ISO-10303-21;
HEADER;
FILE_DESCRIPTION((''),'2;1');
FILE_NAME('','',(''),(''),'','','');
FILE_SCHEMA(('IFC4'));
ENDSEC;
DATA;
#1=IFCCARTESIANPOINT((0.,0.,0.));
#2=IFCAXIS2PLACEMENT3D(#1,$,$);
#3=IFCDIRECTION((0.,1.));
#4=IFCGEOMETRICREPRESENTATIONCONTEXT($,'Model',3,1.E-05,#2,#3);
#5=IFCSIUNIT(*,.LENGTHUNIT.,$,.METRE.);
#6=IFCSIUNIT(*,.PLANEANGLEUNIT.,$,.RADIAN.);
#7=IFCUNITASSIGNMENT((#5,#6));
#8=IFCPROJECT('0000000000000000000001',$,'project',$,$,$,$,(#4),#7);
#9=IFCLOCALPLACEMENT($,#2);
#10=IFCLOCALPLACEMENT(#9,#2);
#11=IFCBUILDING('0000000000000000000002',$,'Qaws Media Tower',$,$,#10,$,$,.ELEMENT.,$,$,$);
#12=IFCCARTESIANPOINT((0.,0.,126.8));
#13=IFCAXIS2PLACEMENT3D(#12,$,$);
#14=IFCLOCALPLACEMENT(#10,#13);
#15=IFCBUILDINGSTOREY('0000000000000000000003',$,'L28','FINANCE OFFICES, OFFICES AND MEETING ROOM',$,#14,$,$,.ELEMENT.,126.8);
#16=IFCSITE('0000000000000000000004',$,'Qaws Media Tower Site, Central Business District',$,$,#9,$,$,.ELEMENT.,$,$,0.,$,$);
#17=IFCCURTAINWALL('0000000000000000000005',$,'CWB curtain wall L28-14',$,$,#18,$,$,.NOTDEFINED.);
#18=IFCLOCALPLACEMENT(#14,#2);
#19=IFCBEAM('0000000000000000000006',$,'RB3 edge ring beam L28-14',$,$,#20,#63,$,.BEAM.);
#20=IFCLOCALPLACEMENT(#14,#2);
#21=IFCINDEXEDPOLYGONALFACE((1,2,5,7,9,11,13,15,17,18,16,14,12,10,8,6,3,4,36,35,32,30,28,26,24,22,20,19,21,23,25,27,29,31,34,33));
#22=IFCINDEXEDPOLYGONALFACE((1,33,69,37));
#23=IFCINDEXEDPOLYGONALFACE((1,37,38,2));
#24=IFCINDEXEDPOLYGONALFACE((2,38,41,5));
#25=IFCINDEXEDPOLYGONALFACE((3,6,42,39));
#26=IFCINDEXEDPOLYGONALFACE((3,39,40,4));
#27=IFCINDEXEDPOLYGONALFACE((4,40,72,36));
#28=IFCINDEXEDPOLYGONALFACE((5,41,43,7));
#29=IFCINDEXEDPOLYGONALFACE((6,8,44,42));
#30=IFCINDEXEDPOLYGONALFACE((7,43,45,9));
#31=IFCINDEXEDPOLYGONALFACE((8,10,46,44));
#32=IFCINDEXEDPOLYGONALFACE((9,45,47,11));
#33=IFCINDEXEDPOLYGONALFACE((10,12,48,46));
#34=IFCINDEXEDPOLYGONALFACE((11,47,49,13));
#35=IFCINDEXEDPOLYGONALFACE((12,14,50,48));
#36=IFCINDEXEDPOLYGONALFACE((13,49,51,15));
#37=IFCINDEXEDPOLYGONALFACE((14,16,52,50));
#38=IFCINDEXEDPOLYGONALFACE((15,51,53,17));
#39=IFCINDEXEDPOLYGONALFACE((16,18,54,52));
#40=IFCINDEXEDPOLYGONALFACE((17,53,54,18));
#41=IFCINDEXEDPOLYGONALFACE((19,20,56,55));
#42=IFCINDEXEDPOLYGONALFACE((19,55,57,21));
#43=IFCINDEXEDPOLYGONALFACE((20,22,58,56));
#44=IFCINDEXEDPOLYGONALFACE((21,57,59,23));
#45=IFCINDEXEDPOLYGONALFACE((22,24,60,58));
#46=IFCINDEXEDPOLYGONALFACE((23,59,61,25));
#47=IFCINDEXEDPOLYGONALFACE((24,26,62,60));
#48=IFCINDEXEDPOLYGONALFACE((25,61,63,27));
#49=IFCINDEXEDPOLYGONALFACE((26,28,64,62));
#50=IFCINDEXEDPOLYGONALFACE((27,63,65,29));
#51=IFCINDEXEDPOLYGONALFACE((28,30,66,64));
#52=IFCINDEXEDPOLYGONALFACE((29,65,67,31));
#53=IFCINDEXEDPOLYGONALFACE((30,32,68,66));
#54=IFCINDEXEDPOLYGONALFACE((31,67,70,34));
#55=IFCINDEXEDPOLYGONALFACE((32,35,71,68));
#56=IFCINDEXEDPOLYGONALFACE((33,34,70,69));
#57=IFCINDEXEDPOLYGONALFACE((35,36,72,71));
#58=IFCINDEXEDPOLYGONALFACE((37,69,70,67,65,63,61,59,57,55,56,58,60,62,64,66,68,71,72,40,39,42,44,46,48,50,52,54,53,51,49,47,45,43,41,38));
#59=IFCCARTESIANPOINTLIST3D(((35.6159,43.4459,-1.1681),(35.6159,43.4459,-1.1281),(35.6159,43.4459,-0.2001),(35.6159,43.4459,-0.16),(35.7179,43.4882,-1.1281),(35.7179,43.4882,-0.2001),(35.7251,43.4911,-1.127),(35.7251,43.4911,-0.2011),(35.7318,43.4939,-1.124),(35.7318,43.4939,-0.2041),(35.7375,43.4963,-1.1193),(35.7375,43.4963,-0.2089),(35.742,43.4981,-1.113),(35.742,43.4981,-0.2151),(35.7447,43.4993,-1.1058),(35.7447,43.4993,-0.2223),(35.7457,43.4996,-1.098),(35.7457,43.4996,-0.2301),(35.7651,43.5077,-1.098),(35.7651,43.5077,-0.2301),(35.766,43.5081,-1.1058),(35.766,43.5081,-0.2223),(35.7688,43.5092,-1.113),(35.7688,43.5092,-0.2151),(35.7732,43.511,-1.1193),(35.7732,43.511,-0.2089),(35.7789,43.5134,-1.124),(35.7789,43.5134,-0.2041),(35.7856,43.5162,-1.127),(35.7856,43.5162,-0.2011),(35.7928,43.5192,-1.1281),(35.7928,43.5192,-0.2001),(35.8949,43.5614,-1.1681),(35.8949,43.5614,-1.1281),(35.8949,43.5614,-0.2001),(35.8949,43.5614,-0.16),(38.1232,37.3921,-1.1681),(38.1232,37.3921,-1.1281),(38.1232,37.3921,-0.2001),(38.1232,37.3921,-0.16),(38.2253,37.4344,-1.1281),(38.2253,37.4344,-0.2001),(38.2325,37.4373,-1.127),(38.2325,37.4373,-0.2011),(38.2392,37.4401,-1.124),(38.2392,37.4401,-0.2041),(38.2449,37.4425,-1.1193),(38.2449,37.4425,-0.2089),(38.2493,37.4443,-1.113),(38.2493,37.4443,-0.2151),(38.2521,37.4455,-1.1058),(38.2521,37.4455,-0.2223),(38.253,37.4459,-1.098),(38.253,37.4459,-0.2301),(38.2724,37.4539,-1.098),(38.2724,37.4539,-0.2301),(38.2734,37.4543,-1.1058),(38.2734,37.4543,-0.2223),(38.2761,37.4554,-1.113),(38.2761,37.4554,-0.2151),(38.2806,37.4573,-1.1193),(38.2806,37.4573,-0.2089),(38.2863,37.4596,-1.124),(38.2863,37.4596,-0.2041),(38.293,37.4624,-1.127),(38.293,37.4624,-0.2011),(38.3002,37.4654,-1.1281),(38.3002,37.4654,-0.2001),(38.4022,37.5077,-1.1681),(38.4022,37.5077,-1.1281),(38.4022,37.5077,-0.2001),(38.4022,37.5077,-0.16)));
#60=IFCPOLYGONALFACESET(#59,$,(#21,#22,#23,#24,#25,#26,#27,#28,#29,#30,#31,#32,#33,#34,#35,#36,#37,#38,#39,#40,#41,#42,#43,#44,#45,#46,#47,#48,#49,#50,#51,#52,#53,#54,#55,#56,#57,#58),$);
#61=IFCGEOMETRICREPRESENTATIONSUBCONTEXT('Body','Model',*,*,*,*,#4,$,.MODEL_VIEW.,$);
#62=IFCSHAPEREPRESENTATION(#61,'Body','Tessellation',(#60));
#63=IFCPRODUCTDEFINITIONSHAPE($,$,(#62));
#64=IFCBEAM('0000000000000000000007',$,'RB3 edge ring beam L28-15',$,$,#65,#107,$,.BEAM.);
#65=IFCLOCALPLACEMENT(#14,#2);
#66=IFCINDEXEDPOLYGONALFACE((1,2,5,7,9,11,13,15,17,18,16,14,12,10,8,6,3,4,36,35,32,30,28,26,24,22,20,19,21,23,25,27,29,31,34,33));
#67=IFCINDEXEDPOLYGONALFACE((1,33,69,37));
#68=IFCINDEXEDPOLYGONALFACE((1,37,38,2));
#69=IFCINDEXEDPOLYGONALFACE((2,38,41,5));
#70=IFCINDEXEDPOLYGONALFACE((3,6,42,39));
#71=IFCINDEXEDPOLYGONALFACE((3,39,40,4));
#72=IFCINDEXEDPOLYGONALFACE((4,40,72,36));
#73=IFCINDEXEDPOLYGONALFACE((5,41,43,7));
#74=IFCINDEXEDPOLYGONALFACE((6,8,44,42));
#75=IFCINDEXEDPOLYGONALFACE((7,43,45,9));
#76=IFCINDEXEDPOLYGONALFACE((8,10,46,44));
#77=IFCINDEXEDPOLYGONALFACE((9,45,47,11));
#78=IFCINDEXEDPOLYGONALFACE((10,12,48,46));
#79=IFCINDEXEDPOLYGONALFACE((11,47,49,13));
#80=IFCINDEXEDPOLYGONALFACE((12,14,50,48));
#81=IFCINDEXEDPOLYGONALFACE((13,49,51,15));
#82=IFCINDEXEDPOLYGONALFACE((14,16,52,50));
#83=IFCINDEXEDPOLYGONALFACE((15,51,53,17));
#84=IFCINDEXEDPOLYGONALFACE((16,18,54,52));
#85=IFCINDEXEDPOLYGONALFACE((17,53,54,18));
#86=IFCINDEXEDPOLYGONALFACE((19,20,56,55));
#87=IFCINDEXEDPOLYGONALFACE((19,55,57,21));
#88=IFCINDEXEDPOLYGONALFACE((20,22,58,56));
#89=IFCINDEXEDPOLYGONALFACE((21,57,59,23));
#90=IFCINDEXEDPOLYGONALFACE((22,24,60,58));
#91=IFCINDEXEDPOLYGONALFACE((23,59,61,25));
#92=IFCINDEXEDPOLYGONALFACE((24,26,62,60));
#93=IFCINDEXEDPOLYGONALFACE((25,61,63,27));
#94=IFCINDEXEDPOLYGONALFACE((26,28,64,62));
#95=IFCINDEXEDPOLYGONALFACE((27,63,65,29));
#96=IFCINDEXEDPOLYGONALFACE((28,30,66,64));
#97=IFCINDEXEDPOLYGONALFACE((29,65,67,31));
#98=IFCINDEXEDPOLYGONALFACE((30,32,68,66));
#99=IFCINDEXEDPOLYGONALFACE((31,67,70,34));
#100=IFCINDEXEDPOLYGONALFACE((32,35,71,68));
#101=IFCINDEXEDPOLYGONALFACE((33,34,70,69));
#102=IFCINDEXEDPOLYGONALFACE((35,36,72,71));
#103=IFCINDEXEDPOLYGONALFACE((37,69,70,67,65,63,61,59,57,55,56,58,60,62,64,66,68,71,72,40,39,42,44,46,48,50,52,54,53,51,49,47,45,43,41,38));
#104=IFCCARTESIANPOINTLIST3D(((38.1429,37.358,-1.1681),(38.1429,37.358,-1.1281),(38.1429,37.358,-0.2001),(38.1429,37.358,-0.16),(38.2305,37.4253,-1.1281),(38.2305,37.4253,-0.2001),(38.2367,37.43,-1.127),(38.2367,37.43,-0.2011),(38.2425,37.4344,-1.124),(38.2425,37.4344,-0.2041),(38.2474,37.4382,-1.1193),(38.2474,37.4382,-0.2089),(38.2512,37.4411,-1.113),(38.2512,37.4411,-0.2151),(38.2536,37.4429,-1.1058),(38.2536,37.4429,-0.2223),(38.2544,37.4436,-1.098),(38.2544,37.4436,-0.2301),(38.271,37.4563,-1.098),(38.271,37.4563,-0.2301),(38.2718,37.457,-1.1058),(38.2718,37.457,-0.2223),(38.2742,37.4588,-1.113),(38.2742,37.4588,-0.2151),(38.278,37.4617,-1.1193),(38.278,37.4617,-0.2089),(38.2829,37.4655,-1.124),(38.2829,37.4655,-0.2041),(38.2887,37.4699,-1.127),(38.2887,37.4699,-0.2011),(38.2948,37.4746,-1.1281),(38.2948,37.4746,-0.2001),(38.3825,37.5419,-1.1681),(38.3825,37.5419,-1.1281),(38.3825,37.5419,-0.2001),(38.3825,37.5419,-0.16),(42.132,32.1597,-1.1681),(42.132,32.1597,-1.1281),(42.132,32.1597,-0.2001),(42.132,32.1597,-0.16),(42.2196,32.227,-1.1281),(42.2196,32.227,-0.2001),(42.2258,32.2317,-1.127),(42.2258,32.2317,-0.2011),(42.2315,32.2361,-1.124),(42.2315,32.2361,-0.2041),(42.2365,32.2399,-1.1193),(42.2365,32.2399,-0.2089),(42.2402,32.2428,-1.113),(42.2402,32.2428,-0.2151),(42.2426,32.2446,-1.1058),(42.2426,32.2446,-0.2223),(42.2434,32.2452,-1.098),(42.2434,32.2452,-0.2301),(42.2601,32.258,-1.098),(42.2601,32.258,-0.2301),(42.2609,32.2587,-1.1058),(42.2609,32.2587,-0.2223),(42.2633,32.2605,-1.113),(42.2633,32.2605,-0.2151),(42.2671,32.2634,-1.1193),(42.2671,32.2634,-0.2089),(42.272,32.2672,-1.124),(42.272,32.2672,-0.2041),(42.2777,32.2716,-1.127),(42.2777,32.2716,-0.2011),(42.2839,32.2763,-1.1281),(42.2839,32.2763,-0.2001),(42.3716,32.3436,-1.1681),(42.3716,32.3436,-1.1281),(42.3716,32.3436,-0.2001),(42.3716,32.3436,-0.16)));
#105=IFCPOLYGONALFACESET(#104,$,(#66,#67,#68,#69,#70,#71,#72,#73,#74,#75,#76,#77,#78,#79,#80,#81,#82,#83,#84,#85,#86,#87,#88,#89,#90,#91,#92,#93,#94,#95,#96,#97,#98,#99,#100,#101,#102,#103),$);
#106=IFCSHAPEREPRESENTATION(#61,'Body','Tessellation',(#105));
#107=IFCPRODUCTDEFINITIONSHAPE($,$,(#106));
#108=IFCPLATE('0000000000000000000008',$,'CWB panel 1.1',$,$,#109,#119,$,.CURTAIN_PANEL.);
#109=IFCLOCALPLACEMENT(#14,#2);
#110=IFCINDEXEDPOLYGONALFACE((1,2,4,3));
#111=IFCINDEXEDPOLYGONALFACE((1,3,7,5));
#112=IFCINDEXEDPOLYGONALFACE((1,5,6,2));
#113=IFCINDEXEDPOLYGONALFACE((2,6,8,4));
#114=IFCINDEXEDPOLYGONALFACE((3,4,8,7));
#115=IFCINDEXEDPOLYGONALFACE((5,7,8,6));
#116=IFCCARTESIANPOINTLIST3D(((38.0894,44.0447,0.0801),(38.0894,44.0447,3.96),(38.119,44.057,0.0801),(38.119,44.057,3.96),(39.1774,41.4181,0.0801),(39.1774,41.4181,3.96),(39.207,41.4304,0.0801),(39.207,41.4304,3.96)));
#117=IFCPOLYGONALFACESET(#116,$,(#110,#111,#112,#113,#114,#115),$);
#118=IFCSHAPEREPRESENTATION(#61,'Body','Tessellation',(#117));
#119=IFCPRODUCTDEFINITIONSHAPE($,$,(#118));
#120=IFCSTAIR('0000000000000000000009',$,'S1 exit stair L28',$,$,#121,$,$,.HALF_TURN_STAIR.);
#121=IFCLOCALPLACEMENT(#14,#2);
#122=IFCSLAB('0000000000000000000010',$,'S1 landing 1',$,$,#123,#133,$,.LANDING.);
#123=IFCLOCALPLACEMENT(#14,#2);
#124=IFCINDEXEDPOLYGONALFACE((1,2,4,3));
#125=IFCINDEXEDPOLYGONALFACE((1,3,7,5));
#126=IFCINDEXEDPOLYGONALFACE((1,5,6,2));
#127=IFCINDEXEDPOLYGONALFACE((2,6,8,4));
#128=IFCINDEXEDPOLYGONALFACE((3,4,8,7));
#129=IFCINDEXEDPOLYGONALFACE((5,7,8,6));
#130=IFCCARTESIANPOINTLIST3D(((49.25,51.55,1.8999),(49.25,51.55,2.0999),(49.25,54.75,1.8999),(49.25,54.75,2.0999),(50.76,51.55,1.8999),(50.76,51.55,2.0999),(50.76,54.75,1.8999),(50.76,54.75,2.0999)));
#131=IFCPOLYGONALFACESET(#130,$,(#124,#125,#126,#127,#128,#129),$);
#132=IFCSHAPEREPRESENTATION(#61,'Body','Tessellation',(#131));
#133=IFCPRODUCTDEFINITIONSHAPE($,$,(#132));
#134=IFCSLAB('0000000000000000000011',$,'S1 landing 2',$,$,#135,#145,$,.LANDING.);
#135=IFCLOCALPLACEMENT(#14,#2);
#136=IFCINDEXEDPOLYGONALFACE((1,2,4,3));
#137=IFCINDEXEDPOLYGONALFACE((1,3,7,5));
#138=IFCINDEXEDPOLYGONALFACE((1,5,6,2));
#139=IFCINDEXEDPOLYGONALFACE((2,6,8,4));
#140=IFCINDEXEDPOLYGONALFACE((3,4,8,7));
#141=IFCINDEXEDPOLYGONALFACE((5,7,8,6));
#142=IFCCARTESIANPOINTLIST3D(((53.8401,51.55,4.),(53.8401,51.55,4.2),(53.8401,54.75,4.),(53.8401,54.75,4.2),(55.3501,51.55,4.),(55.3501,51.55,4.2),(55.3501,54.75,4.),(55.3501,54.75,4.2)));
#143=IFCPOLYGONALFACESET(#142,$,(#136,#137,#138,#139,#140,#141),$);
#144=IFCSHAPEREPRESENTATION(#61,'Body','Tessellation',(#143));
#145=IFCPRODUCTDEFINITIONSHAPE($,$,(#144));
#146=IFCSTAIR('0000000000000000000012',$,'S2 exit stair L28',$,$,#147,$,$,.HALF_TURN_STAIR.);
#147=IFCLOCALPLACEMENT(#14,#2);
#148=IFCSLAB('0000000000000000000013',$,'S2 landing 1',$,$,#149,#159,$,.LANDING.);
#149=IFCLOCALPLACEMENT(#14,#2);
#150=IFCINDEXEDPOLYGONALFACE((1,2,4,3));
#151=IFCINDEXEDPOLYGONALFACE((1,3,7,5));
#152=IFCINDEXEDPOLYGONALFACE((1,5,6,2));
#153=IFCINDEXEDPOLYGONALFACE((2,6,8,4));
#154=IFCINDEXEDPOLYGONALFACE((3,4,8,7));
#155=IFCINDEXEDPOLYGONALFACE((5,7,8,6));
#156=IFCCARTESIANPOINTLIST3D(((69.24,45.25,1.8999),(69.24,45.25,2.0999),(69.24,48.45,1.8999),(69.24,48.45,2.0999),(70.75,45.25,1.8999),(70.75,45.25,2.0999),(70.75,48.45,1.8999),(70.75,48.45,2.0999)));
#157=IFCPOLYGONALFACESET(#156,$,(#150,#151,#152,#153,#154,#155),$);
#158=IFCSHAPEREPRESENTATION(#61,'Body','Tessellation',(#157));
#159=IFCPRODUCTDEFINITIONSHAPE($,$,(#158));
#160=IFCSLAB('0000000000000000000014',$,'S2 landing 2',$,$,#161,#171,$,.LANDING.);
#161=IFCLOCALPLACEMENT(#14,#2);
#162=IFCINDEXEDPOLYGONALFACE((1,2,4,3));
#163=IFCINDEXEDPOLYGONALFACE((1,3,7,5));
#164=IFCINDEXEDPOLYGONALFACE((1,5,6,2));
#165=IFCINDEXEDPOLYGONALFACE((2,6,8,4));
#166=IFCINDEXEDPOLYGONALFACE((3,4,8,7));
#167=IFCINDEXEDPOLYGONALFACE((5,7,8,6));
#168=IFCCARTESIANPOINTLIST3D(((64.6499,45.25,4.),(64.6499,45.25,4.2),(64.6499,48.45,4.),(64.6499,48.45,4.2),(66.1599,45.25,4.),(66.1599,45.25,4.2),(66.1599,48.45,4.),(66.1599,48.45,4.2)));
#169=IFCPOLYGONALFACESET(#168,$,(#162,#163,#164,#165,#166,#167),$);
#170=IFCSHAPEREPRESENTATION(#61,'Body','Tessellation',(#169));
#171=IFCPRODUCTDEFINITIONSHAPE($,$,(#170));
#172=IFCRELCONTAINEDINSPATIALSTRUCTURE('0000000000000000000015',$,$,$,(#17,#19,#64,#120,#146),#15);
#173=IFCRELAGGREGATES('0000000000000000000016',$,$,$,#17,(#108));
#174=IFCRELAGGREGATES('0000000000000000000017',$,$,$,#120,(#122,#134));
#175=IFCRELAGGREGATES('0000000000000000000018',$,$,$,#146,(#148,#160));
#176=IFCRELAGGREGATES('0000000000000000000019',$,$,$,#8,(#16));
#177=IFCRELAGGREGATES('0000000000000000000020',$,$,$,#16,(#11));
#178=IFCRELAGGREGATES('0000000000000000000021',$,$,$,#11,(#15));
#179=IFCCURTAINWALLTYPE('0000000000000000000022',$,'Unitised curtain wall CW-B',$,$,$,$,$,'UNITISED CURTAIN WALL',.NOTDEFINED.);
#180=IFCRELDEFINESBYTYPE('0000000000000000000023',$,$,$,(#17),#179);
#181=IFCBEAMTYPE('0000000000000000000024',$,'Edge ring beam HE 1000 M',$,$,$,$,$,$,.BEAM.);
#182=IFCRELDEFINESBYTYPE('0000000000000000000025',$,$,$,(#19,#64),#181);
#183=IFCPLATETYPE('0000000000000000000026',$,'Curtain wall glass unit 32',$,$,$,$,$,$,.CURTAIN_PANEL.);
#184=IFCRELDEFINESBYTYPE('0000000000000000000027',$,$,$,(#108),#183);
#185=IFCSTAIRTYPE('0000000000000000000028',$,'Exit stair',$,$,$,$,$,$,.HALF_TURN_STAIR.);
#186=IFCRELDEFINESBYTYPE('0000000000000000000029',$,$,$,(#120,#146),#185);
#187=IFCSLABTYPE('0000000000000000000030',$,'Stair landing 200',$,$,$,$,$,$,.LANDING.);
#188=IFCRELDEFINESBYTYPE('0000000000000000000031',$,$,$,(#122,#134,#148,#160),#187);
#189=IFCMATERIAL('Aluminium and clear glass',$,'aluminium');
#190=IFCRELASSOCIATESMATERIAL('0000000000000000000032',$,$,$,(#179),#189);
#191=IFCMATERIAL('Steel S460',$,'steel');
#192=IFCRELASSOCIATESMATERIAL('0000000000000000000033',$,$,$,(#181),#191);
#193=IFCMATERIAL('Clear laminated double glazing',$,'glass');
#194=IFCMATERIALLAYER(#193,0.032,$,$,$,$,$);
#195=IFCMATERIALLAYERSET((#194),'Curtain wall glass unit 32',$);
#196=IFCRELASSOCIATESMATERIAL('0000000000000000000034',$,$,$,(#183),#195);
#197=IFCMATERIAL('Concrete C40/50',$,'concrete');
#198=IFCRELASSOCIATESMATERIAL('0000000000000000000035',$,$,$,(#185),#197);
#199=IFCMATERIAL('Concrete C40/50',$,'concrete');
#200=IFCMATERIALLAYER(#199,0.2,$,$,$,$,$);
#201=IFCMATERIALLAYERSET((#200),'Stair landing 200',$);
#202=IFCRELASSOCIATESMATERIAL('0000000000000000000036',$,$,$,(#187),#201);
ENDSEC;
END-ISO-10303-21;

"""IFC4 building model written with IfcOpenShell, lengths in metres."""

from ifc_helpers import new_model, si_unit, direction, frame, origin, origin_2d, place, context, subcontext, project, spatial, polyline, rectangle, i_section, outline, extrude, material, layer, layer_set, material_profile, profile_set, type_object, element, aggregate, save


model = new_model("IFC4")

# Units and contexts
model_context = context("Model", 3, precision=1e-05, world=origin(), true_north=direction((0.0, 1.0)))
body_context = subcontext(model_context, "Body", "Model", "MODEL_VIEW")
ifc_project = project(units=[si_unit("LENGTHUNIT", "METRE"), si_unit("PLANEANGLEUNIT", "RADIAN")], contexts=[model_context])

# Site, building, storey
site_placement = place(None, origin())
site = spatial("IfcSite", under=ifc_project, at=site_placement, Name="Qaws Media Tower Site, Central Business District", CompositionType="ELEMENT", RefElevation=0.0)
building_placement = place(site_placement, origin())
building = spatial("IfcBuilding", under=site, at=building_placement, Name="Qaws Media Tower", CompositionType="ELEMENT")
storey_placement = place(building_placement, frame((0.0, 0.0, 126.8)))
storey = spatial("IfcBuildingStorey", under=building, at=storey_placement, Name="L28", Description="FINANCE OFFICES, OFFICES AND MEETING ROOM", CompositionType="ELEMENT", Elevation=126.8)

# Curtain wall
ifc_material_1 = material(Name="Aluminium and clear glass", Category="aluminium")
curtain_wall_type = type_object("IfcCurtainWallType", Name="Unitised curtain wall CW-B", ElementType="UNITISED CURTAIN WALL", PredefinedType="NOTDEFINED", material=ifc_material_1)
curtain_wall_placement = place(storey_placement, origin())
curtain_wall = element("IfcCurtainWall", 1, at=curtain_wall_placement, inside=storey, type_object=curtain_wall_type, Name="CWB curtain wall L28-14", PredefinedType="NOTDEFINED")

# Beams
ifc_material_2 = material(Name="Steel S460", Category="steel")
ifc_material_profile_1 = material_profile(ifc_material_2, i_section(OverallWidth=0.302, OverallDepth=1.0081, WebThickness=0.021, FlangeThickness=0.04, FilletRadius=0.03, at=origin_2d()), Name="HE 1000 M")
ifc_profile_set_1 = profile_set([ifc_material_profile_1], Name="Steel S460")
beam_type = type_object("IfcBeamType", Name="Edge ring beam HE 1000 M", PredefinedType="BEAM", material=ifc_profile_set_1)
for number, where, z_axis, x_axis, name in (
    (2, (35.7554, 43.5037, -0.6641), (0.382657, -0.923891, 0.0), (0.923891, 0.382657, 0.0), "RB3 edge ring beam L28-14"),
    (3, (38.2627, 37.45, -0.6641), (0.608787, -0.793334, 0.0), (0.793334, 0.608787, 0.0), "RB3 edge ring beam L28-15"),
):
    element("IfcBeam", number, at=place(storey_placement, frame(where, z_axis=z_axis, x_axis=x_axis)), inside=storey, type_object=beam_type, Name=name, PredefinedType="BEAM", context=body_context, shape_type="SweptSolid", body=[
        extrude(i_section(OverallWidth=0.302, OverallDepth=1.0081, WebThickness=0.021, FlangeThickness=0.04, FilletRadius=0.03, at=origin_2d()), origin(), (0.0, 0.0, 1.0), 6.5525),
    ])

# Plate
ifc_material_3 = material(Name="Clear laminated double glazing", Category="glass")
ifc_layer_1 = layer(ifc_material_3, 0.032)
ifc_layer_set_1 = layer_set([ifc_layer_1], Name="Curtain wall glass unit 32")
plate_type = type_object("IfcPlateType", Name="Curtain wall glass unit 32", PredefinedType="CURTAIN_PANEL", material=ifc_layer_set_1)
plate_placement = place(storey_placement, frame((38.6482, 42.7375, 0.0801), z_axis=(0.0, 0.0, 1.0), x_axis=(0.382683, -0.92388, 0.0)))
plate = element("IfcPlate", 4, at=plate_placement, type_object=plate_type, Name="CWB panel 1.1", PredefinedType="CURTAIN_PANEL", context=body_context, shape_type="SweptSolid", body=[
    extrude(rectangle(XDim=2.843, YDim=0.032, at=origin_2d()), origin(), (0.0, 0.0, 1.0), 3.8799),
])
aggregate(curtain_wall, [plate])

# Stairs, slabs
ifc_material_4 = material(Name="Concrete C40/50", Category="concrete")
stair_type = type_object("IfcStairType", Name="Exit stair", PredefinedType="HALF_TURN_STAIR", material=ifc_material_4)
stair_1_placement = place(storey_placement, origin())
stair_1 = element("IfcStair", 5, at=stair_1_placement, inside=storey, type_object=stair_type, Name="S1 exit stair L28", PredefinedType="HALF_TURN_STAIR")
ifc_material_5 = material(Name="Concrete C40/50", Category="concrete")
ifc_layer_2 = layer(ifc_material_5, 0.2)
ifc_layer_set_2 = layer_set([ifc_layer_2], Name="Stair landing 200")
slab_type = type_object("IfcSlabType", Name="Stair landing 200", PredefinedType="LANDING", material=ifc_layer_set_2)
slab_1_placement = place(storey_placement, frame((0.0, 0.0, 1.8999)))
slab_1 = element("IfcSlab", 6, at=slab_1_placement, type_object=slab_type, Name="S1 landing 1", PredefinedType="LANDING", context=body_context, shape_type="SweptSolid", body=[
    extrude(outline(polyline([(49.25, 51.55), (50.76, 51.55), (50.76, 54.75), (49.25, 54.75), (49.25, 51.55)])), origin(), (0.0, 0.0, 1.0), 0.2),
])
slab_2_placement = place(storey_placement, frame((0.0, 0.0, 4.0)))
slab_2 = element("IfcSlab", 7, at=slab_2_placement, type_object=slab_type, Name="S1 landing 2", PredefinedType="LANDING", context=body_context, shape_type="SweptSolid", body=[
    extrude(outline(polyline([(53.8401, 51.55), (55.3501, 51.55), (55.3501, 54.75), (53.8401, 54.75), (53.8401, 51.55)])), origin(), (0.0, 0.0, 1.0), 0.2),
])
aggregate(stair_1, [slab_1, slab_2])
stair_2_placement = place(storey_placement, origin())
stair_2 = element("IfcStair", 8, at=stair_2_placement, inside=storey, type_object=stair_type, Name="S2 exit stair L28", PredefinedType="HALF_TURN_STAIR")
slab_3_placement = place(storey_placement, frame((0.0, 0.0, 1.8999)))
slab_3 = element("IfcSlab", 9, at=slab_3_placement, type_object=slab_type, Name="S2 landing 1", PredefinedType="LANDING", context=body_context, shape_type="SweptSolid", body=[
    extrude(outline(polyline([(69.24, 45.25), (70.75, 45.25), (70.75, 48.45), (69.24, 48.45), (69.24, 45.25)])), origin(), (0.0, 0.0, 1.0), 0.2),
])
slab_4_placement = place(storey_placement, frame((0.0, 0.0, 4.0)))
slab_4 = element("IfcSlab", 10, at=slab_4_placement, type_object=slab_type, Name="S2 landing 2", PredefinedType="LANDING", context=body_context, shape_type="SweptSolid", body=[
    extrude(outline(polyline([(64.6499, 45.25), (66.1599, 45.25), (66.1599, 48.45), (64.6499, 48.45), (64.6499, 45.25)])), origin(), (0.0, 0.0, 1.0), 0.2),
])
aggregate(stair_2, [slab_3, slab_4])

save(model, "model.ifc")
